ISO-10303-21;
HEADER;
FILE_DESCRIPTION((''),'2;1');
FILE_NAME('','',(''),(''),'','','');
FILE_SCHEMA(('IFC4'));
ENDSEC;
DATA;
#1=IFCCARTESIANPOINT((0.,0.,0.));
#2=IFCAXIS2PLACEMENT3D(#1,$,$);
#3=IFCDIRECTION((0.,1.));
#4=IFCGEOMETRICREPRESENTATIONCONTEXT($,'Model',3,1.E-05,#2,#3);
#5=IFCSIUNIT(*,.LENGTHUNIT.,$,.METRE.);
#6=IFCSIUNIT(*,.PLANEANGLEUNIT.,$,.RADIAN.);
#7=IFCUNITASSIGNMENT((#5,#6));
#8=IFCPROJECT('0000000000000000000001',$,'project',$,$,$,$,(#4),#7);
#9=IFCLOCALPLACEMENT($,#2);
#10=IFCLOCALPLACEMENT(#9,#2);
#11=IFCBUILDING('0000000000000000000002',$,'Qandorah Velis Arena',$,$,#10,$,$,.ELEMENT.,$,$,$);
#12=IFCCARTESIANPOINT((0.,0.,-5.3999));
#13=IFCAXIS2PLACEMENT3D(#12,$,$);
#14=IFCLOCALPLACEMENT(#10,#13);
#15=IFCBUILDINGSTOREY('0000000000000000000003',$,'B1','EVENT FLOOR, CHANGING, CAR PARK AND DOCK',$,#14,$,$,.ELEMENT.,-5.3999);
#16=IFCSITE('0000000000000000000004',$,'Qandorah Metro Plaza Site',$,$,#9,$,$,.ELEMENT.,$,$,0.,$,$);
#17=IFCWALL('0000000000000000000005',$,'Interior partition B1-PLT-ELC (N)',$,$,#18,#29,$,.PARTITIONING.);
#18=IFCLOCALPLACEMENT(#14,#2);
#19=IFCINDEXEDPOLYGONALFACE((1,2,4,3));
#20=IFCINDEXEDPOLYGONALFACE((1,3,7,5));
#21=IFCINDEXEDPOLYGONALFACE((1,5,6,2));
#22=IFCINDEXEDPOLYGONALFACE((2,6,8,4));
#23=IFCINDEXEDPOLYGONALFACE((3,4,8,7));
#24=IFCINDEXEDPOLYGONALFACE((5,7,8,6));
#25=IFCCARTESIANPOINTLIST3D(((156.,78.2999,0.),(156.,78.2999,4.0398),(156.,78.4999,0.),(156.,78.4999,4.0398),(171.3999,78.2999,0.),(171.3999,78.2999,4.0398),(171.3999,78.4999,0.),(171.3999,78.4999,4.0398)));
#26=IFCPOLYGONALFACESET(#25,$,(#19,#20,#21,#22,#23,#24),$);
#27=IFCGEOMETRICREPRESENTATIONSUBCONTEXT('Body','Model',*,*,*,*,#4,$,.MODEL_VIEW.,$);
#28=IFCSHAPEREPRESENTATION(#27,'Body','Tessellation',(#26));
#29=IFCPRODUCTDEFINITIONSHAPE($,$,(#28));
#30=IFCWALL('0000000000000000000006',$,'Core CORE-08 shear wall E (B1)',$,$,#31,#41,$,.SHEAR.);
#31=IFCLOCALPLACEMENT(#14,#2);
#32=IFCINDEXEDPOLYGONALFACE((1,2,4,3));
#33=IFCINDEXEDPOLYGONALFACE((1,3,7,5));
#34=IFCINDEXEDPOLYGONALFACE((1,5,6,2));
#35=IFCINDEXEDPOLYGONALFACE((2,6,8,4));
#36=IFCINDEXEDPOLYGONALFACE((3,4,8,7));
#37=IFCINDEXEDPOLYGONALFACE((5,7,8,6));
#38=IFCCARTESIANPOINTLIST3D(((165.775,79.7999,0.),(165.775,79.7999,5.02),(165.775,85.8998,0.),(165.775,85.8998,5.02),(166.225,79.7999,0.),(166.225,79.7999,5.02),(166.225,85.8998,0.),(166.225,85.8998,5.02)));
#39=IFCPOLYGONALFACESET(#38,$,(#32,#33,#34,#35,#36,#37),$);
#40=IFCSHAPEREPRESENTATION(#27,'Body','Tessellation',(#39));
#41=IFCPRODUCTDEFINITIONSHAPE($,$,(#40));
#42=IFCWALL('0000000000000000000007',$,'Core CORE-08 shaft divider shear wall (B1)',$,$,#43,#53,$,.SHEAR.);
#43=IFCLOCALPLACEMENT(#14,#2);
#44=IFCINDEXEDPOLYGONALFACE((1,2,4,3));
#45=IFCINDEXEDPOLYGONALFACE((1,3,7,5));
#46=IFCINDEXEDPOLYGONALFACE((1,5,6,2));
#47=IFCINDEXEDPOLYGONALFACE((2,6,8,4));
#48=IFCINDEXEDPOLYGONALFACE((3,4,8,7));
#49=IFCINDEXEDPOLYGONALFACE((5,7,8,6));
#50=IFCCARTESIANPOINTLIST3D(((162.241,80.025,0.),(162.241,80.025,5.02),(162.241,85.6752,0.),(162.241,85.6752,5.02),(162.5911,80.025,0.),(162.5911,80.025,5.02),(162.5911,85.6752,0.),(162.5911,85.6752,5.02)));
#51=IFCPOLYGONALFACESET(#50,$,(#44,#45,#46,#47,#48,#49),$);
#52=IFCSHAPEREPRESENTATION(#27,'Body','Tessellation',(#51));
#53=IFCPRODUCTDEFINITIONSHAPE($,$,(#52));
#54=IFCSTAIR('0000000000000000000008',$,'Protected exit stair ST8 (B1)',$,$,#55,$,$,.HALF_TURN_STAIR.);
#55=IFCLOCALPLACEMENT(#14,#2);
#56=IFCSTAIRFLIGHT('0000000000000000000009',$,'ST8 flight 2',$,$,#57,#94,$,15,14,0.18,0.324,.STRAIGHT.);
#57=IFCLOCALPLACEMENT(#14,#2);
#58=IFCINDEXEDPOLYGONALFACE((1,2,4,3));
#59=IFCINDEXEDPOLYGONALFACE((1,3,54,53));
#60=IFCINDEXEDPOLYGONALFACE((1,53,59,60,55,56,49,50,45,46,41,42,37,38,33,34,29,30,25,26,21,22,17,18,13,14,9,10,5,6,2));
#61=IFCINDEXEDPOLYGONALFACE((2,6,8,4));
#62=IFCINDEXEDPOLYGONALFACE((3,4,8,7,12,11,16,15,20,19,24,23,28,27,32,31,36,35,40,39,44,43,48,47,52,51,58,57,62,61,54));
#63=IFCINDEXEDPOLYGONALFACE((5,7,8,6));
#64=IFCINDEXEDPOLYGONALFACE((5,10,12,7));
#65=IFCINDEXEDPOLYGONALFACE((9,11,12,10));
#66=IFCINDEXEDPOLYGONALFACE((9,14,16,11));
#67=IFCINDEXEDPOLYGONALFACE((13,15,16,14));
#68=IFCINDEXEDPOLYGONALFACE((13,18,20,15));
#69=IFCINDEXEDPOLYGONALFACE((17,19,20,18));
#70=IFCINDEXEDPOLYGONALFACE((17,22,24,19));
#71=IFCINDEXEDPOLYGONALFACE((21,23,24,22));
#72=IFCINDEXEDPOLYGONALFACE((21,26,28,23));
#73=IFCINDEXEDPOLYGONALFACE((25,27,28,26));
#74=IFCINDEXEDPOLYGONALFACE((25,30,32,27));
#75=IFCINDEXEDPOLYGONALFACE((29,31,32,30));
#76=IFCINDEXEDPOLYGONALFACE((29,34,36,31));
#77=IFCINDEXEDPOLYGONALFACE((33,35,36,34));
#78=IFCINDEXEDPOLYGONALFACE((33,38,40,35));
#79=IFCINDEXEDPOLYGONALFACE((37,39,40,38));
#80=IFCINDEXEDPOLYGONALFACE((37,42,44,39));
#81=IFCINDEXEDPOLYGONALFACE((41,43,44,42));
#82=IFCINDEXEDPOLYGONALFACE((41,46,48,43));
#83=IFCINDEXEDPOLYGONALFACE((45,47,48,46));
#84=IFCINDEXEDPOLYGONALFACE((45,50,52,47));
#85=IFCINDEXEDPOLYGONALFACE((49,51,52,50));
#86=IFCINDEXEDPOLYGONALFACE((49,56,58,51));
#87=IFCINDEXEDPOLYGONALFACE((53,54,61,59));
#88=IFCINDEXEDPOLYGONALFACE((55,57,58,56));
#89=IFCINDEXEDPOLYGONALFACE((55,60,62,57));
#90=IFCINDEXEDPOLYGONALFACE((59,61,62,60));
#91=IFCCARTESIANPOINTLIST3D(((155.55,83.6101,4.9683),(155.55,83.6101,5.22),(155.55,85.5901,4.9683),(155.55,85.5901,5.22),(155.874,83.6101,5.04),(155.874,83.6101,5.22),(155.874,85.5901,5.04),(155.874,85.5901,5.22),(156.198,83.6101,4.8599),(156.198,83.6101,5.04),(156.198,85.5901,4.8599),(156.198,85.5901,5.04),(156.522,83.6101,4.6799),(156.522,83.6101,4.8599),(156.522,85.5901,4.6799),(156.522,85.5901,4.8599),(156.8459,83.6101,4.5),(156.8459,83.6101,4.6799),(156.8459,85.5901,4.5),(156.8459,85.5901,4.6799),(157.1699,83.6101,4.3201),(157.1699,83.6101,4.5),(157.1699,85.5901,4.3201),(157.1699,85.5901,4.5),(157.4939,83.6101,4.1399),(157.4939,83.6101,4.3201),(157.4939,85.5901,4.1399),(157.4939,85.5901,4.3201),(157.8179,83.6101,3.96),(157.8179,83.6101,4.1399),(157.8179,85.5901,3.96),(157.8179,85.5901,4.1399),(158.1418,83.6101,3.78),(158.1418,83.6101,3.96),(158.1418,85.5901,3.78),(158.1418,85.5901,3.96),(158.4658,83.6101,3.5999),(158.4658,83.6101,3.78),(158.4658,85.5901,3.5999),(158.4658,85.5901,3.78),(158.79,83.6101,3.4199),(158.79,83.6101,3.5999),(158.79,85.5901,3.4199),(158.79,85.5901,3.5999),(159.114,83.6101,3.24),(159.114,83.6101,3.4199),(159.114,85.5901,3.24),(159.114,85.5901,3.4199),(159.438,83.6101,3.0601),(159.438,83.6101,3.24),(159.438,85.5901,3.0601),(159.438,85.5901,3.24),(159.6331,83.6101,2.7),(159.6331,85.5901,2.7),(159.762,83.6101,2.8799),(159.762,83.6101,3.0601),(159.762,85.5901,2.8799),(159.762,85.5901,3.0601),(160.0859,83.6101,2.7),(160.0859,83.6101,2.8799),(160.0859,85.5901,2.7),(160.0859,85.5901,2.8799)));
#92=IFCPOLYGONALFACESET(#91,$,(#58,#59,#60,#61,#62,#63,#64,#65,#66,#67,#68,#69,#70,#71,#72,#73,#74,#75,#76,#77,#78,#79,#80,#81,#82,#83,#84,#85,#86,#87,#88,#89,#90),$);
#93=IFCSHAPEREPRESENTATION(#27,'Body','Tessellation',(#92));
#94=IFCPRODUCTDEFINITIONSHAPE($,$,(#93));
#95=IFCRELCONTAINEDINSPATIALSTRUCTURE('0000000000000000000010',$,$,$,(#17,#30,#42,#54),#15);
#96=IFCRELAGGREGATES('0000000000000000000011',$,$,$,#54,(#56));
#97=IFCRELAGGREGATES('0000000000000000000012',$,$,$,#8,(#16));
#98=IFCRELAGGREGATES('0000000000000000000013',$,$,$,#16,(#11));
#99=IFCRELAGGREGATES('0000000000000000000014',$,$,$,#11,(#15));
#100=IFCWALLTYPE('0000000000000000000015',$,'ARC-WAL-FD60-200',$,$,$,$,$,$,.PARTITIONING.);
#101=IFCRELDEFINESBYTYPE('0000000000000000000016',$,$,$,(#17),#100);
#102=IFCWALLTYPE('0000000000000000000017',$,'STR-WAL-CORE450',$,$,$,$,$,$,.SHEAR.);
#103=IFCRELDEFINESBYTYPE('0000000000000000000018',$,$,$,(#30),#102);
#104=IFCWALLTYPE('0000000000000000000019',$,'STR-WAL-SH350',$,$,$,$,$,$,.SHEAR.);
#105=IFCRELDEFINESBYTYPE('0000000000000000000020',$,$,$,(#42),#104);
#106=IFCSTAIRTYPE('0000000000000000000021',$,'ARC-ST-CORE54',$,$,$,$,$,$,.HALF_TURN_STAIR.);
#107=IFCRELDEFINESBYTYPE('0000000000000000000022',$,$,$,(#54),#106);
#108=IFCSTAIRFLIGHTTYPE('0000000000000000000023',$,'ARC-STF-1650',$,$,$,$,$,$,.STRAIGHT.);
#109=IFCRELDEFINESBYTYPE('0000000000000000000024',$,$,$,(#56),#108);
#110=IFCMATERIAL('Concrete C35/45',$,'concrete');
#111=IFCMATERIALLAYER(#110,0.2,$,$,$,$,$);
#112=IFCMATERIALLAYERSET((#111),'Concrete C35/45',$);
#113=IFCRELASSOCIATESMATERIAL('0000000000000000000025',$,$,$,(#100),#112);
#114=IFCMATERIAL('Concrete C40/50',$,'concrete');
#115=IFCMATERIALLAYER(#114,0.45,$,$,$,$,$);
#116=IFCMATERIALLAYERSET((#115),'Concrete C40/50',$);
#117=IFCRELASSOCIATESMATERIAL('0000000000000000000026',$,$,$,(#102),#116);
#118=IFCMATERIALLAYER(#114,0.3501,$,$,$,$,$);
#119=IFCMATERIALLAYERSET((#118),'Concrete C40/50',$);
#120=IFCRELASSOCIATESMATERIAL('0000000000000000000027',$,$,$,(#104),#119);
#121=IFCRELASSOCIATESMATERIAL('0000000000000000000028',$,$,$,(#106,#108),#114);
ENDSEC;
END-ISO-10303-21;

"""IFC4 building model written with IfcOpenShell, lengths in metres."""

from ifc_helpers import new_model, si_unit, direction, frame, frame_2d, origin, place, context, subcontext, project, spatial, polyline, rectangle, outline, extrude, material, layer, layer_set, type_object, element, aggregate, save


model = new_model("IFC4")

# Units and contexts
model_context = context("Model", 3, precision=1e-05, world=origin(), true_north=direction((0.0, 1.0)))
body_context = subcontext(model_context, "Body", "Model", "MODEL_VIEW")
ifc_project = project(units=[si_unit("LENGTHUNIT", "METRE"), si_unit("PLANEANGLEUNIT", "RADIAN")], contexts=[model_context])

# Site, building, storey
site_placement = place(None, origin())
site = spatial("IfcSite", under=ifc_project, at=site_placement, Name="Qandorah Metro Plaza Site", CompositionType="ELEMENT", RefElevation=0.0)
building_placement = place(site_placement, origin())
building = spatial("IfcBuilding", under=site, at=building_placement, Name="Qandorah Velis Arena", CompositionType="ELEMENT")
storey_placement = place(building_placement, frame((0.0, 0.0, -5.3999)))
storey = spatial("IfcBuildingStorey", under=building, at=storey_placement, Name="B1", Description="EVENT FLOOR, CHANGING, CAR PARK AND DOCK", CompositionType="ELEMENT", Elevation=-5.3999)

# Shared definitions
ifc_material_1 = material(Name="Concrete C40/50", Category="concrete")

# Walls
ifc_material_2 = material(Name="Concrete C35/45", Category="concrete")
ifc_layer_1 = layer(ifc_material_2, 0.2)
ifc_layer_set_1 = layer_set([ifc_layer_1], Name="Concrete C35/45")
wall_type_1 = type_object("IfcWallType", Name="ARC-WAL-FD60-200", PredefinedType="PARTITIONING", material=ifc_layer_set_1)
wall_1_placement = place(storey_placement, frame((171.3999, 78.3999, 0.0), z_axis=(0.0, 0.0, 1.0), x_axis=(-1.0, 0.0, 0.0)))
element("IfcWall", 1, at=wall_1_placement, inside=storey, type_object=wall_type_1, Name="Interior partition B1-PLT-ELC (N)", PredefinedType="PARTITIONING", context=body_context, shape_type="SweptSolid", body=[
    extrude(rectangle(XDim=15.3999, YDim=0.2, at=frame_2d((7.7, 0.0))), origin(), (0.0, 0.0, 1.0), 4.0398),
])
ifc_layer_2 = layer(ifc_material_1, 0.45)
ifc_layer_set_2 = layer_set([ifc_layer_2], Name="Concrete C40/50")
wall_type_2 = type_object("IfcWallType", Name="STR-WAL-CORE450", PredefinedType="SHEAR", material=ifc_layer_set_2)
wall_2_placement = place(storey_placement, frame((166.0, 79.8, 0.0), z_axis=(0.0, 0.0, 1.0), x_axis=(0.0, 1.0, 0.0)))
element("IfcWall", 2, at=wall_2_placement, inside=storey, type_object=wall_type_2, Name="Core CORE-08 shear wall E (B1)", PredefinedType="SHEAR", context=body_context, shape_type="SweptSolid", body=[
    extrude(rectangle(XDim=6.0999, YDim=0.45, at=frame_2d((3.0498, 0.0))), origin(), (0.0, 0.0, 1.0), 5.02),
])
ifc_layer_3 = layer(ifc_material_1, 0.3501)
ifc_layer_set_3 = layer_set([ifc_layer_3], Name="Concrete C40/50")
wall_type_3 = type_object("IfcWallType", Name="STR-WAL-SH350", PredefinedType="SHEAR", material=ifc_layer_set_3)
wall_3_placement = place(storey_placement, frame((162.416, 80.0249, 0.0), z_axis=(0.0, 0.0, 1.0), x_axis=(0.0, 1.0, 0.0)))
element("IfcWall", 3, at=wall_3_placement, inside=storey, type_object=wall_type_3, Name="Core CORE-08 shaft divider shear wall (B1)", PredefinedType="SHEAR", context=body_context, shape_type="SweptSolid", body=[
    extrude(rectangle(XDim=5.6501, YDim=0.3501, at=frame_2d((2.8252, 0.0))), origin(), (0.0, 0.0, 1.0), 5.02),
])

# Stair, stair flight
stair_type = type_object("IfcStairType", Name="ARC-ST-CORE54", PredefinedType="HALF_TURN_STAIR", material=ifc_material_1)
stair_placement = place(storey_placement, origin())
stair = element("IfcStair", 4, at=stair_placement, inside=storey, type_object=stair_type, Name="Protected exit stair ST8 (B1)", PredefinedType="HALF_TURN_STAIR")
stair_flight_type = type_object("IfcStairFlightType", Name="ARC-STF-1650", PredefinedType="STRAIGHT", material=ifc_material_1)
stair_flight_placement = place(storey_placement, frame((160.0859, 84.6001, 2.7), z_axis=(0.0, 0.0, 1.0), x_axis=(-1.0, 0.0, 0.0)))
stair_flight = element("IfcStairFlight", 5, at=stair_flight_placement, type_object=stair_flight_type, Name="ST8 flight 2", NumberOfRisers=15, NumberOfTreads=14, PredefinedType="STRAIGHT", RiserHeight=0.18, TreadLength=0.324, context=body_context, shape_type="SweptSolid", body=[
    extrude(outline(polyline([(0.0, 0.0), (0.0, 0.1799), (0.324, 0.1799), (0.324, 0.3601), (0.6479, 0.3601), (0.6479, 0.54), (0.9719, 0.54), (0.9719, 0.72), (1.2959, 0.72), (1.2959, 0.8999), (1.6201, 0.8999), (1.6201, 1.0801), (1.9441, 1.0801), (1.9441, 1.26), (2.2681, 1.26), (2.2681, 1.4399), (2.592, 1.4399), (2.592, 1.6201), (2.916, 1.6201), (2.916, 1.8), (3.24, 1.8), (3.24, 1.98), (3.564, 1.98), (3.564, 2.1599), (3.8879, 2.1599), (3.8879, 2.3401), (4.2119, 2.3401), (4.2119, 2.52), (4.5359, 2.52), (4.5359, 2.7), (4.5359, 2.2683), (0.4529, 0.0), (0.0, 0.0)])), frame((0.0, 0.99, 0.0), z_axis=(0.0, -1.0, 0.0), x_axis=(1.0, 0.0, 0.0)), (0.0, 0.0, 1.0), 1.98),
])
aggregate(stair, [stair_flight])

save(model, "model.ifc")
